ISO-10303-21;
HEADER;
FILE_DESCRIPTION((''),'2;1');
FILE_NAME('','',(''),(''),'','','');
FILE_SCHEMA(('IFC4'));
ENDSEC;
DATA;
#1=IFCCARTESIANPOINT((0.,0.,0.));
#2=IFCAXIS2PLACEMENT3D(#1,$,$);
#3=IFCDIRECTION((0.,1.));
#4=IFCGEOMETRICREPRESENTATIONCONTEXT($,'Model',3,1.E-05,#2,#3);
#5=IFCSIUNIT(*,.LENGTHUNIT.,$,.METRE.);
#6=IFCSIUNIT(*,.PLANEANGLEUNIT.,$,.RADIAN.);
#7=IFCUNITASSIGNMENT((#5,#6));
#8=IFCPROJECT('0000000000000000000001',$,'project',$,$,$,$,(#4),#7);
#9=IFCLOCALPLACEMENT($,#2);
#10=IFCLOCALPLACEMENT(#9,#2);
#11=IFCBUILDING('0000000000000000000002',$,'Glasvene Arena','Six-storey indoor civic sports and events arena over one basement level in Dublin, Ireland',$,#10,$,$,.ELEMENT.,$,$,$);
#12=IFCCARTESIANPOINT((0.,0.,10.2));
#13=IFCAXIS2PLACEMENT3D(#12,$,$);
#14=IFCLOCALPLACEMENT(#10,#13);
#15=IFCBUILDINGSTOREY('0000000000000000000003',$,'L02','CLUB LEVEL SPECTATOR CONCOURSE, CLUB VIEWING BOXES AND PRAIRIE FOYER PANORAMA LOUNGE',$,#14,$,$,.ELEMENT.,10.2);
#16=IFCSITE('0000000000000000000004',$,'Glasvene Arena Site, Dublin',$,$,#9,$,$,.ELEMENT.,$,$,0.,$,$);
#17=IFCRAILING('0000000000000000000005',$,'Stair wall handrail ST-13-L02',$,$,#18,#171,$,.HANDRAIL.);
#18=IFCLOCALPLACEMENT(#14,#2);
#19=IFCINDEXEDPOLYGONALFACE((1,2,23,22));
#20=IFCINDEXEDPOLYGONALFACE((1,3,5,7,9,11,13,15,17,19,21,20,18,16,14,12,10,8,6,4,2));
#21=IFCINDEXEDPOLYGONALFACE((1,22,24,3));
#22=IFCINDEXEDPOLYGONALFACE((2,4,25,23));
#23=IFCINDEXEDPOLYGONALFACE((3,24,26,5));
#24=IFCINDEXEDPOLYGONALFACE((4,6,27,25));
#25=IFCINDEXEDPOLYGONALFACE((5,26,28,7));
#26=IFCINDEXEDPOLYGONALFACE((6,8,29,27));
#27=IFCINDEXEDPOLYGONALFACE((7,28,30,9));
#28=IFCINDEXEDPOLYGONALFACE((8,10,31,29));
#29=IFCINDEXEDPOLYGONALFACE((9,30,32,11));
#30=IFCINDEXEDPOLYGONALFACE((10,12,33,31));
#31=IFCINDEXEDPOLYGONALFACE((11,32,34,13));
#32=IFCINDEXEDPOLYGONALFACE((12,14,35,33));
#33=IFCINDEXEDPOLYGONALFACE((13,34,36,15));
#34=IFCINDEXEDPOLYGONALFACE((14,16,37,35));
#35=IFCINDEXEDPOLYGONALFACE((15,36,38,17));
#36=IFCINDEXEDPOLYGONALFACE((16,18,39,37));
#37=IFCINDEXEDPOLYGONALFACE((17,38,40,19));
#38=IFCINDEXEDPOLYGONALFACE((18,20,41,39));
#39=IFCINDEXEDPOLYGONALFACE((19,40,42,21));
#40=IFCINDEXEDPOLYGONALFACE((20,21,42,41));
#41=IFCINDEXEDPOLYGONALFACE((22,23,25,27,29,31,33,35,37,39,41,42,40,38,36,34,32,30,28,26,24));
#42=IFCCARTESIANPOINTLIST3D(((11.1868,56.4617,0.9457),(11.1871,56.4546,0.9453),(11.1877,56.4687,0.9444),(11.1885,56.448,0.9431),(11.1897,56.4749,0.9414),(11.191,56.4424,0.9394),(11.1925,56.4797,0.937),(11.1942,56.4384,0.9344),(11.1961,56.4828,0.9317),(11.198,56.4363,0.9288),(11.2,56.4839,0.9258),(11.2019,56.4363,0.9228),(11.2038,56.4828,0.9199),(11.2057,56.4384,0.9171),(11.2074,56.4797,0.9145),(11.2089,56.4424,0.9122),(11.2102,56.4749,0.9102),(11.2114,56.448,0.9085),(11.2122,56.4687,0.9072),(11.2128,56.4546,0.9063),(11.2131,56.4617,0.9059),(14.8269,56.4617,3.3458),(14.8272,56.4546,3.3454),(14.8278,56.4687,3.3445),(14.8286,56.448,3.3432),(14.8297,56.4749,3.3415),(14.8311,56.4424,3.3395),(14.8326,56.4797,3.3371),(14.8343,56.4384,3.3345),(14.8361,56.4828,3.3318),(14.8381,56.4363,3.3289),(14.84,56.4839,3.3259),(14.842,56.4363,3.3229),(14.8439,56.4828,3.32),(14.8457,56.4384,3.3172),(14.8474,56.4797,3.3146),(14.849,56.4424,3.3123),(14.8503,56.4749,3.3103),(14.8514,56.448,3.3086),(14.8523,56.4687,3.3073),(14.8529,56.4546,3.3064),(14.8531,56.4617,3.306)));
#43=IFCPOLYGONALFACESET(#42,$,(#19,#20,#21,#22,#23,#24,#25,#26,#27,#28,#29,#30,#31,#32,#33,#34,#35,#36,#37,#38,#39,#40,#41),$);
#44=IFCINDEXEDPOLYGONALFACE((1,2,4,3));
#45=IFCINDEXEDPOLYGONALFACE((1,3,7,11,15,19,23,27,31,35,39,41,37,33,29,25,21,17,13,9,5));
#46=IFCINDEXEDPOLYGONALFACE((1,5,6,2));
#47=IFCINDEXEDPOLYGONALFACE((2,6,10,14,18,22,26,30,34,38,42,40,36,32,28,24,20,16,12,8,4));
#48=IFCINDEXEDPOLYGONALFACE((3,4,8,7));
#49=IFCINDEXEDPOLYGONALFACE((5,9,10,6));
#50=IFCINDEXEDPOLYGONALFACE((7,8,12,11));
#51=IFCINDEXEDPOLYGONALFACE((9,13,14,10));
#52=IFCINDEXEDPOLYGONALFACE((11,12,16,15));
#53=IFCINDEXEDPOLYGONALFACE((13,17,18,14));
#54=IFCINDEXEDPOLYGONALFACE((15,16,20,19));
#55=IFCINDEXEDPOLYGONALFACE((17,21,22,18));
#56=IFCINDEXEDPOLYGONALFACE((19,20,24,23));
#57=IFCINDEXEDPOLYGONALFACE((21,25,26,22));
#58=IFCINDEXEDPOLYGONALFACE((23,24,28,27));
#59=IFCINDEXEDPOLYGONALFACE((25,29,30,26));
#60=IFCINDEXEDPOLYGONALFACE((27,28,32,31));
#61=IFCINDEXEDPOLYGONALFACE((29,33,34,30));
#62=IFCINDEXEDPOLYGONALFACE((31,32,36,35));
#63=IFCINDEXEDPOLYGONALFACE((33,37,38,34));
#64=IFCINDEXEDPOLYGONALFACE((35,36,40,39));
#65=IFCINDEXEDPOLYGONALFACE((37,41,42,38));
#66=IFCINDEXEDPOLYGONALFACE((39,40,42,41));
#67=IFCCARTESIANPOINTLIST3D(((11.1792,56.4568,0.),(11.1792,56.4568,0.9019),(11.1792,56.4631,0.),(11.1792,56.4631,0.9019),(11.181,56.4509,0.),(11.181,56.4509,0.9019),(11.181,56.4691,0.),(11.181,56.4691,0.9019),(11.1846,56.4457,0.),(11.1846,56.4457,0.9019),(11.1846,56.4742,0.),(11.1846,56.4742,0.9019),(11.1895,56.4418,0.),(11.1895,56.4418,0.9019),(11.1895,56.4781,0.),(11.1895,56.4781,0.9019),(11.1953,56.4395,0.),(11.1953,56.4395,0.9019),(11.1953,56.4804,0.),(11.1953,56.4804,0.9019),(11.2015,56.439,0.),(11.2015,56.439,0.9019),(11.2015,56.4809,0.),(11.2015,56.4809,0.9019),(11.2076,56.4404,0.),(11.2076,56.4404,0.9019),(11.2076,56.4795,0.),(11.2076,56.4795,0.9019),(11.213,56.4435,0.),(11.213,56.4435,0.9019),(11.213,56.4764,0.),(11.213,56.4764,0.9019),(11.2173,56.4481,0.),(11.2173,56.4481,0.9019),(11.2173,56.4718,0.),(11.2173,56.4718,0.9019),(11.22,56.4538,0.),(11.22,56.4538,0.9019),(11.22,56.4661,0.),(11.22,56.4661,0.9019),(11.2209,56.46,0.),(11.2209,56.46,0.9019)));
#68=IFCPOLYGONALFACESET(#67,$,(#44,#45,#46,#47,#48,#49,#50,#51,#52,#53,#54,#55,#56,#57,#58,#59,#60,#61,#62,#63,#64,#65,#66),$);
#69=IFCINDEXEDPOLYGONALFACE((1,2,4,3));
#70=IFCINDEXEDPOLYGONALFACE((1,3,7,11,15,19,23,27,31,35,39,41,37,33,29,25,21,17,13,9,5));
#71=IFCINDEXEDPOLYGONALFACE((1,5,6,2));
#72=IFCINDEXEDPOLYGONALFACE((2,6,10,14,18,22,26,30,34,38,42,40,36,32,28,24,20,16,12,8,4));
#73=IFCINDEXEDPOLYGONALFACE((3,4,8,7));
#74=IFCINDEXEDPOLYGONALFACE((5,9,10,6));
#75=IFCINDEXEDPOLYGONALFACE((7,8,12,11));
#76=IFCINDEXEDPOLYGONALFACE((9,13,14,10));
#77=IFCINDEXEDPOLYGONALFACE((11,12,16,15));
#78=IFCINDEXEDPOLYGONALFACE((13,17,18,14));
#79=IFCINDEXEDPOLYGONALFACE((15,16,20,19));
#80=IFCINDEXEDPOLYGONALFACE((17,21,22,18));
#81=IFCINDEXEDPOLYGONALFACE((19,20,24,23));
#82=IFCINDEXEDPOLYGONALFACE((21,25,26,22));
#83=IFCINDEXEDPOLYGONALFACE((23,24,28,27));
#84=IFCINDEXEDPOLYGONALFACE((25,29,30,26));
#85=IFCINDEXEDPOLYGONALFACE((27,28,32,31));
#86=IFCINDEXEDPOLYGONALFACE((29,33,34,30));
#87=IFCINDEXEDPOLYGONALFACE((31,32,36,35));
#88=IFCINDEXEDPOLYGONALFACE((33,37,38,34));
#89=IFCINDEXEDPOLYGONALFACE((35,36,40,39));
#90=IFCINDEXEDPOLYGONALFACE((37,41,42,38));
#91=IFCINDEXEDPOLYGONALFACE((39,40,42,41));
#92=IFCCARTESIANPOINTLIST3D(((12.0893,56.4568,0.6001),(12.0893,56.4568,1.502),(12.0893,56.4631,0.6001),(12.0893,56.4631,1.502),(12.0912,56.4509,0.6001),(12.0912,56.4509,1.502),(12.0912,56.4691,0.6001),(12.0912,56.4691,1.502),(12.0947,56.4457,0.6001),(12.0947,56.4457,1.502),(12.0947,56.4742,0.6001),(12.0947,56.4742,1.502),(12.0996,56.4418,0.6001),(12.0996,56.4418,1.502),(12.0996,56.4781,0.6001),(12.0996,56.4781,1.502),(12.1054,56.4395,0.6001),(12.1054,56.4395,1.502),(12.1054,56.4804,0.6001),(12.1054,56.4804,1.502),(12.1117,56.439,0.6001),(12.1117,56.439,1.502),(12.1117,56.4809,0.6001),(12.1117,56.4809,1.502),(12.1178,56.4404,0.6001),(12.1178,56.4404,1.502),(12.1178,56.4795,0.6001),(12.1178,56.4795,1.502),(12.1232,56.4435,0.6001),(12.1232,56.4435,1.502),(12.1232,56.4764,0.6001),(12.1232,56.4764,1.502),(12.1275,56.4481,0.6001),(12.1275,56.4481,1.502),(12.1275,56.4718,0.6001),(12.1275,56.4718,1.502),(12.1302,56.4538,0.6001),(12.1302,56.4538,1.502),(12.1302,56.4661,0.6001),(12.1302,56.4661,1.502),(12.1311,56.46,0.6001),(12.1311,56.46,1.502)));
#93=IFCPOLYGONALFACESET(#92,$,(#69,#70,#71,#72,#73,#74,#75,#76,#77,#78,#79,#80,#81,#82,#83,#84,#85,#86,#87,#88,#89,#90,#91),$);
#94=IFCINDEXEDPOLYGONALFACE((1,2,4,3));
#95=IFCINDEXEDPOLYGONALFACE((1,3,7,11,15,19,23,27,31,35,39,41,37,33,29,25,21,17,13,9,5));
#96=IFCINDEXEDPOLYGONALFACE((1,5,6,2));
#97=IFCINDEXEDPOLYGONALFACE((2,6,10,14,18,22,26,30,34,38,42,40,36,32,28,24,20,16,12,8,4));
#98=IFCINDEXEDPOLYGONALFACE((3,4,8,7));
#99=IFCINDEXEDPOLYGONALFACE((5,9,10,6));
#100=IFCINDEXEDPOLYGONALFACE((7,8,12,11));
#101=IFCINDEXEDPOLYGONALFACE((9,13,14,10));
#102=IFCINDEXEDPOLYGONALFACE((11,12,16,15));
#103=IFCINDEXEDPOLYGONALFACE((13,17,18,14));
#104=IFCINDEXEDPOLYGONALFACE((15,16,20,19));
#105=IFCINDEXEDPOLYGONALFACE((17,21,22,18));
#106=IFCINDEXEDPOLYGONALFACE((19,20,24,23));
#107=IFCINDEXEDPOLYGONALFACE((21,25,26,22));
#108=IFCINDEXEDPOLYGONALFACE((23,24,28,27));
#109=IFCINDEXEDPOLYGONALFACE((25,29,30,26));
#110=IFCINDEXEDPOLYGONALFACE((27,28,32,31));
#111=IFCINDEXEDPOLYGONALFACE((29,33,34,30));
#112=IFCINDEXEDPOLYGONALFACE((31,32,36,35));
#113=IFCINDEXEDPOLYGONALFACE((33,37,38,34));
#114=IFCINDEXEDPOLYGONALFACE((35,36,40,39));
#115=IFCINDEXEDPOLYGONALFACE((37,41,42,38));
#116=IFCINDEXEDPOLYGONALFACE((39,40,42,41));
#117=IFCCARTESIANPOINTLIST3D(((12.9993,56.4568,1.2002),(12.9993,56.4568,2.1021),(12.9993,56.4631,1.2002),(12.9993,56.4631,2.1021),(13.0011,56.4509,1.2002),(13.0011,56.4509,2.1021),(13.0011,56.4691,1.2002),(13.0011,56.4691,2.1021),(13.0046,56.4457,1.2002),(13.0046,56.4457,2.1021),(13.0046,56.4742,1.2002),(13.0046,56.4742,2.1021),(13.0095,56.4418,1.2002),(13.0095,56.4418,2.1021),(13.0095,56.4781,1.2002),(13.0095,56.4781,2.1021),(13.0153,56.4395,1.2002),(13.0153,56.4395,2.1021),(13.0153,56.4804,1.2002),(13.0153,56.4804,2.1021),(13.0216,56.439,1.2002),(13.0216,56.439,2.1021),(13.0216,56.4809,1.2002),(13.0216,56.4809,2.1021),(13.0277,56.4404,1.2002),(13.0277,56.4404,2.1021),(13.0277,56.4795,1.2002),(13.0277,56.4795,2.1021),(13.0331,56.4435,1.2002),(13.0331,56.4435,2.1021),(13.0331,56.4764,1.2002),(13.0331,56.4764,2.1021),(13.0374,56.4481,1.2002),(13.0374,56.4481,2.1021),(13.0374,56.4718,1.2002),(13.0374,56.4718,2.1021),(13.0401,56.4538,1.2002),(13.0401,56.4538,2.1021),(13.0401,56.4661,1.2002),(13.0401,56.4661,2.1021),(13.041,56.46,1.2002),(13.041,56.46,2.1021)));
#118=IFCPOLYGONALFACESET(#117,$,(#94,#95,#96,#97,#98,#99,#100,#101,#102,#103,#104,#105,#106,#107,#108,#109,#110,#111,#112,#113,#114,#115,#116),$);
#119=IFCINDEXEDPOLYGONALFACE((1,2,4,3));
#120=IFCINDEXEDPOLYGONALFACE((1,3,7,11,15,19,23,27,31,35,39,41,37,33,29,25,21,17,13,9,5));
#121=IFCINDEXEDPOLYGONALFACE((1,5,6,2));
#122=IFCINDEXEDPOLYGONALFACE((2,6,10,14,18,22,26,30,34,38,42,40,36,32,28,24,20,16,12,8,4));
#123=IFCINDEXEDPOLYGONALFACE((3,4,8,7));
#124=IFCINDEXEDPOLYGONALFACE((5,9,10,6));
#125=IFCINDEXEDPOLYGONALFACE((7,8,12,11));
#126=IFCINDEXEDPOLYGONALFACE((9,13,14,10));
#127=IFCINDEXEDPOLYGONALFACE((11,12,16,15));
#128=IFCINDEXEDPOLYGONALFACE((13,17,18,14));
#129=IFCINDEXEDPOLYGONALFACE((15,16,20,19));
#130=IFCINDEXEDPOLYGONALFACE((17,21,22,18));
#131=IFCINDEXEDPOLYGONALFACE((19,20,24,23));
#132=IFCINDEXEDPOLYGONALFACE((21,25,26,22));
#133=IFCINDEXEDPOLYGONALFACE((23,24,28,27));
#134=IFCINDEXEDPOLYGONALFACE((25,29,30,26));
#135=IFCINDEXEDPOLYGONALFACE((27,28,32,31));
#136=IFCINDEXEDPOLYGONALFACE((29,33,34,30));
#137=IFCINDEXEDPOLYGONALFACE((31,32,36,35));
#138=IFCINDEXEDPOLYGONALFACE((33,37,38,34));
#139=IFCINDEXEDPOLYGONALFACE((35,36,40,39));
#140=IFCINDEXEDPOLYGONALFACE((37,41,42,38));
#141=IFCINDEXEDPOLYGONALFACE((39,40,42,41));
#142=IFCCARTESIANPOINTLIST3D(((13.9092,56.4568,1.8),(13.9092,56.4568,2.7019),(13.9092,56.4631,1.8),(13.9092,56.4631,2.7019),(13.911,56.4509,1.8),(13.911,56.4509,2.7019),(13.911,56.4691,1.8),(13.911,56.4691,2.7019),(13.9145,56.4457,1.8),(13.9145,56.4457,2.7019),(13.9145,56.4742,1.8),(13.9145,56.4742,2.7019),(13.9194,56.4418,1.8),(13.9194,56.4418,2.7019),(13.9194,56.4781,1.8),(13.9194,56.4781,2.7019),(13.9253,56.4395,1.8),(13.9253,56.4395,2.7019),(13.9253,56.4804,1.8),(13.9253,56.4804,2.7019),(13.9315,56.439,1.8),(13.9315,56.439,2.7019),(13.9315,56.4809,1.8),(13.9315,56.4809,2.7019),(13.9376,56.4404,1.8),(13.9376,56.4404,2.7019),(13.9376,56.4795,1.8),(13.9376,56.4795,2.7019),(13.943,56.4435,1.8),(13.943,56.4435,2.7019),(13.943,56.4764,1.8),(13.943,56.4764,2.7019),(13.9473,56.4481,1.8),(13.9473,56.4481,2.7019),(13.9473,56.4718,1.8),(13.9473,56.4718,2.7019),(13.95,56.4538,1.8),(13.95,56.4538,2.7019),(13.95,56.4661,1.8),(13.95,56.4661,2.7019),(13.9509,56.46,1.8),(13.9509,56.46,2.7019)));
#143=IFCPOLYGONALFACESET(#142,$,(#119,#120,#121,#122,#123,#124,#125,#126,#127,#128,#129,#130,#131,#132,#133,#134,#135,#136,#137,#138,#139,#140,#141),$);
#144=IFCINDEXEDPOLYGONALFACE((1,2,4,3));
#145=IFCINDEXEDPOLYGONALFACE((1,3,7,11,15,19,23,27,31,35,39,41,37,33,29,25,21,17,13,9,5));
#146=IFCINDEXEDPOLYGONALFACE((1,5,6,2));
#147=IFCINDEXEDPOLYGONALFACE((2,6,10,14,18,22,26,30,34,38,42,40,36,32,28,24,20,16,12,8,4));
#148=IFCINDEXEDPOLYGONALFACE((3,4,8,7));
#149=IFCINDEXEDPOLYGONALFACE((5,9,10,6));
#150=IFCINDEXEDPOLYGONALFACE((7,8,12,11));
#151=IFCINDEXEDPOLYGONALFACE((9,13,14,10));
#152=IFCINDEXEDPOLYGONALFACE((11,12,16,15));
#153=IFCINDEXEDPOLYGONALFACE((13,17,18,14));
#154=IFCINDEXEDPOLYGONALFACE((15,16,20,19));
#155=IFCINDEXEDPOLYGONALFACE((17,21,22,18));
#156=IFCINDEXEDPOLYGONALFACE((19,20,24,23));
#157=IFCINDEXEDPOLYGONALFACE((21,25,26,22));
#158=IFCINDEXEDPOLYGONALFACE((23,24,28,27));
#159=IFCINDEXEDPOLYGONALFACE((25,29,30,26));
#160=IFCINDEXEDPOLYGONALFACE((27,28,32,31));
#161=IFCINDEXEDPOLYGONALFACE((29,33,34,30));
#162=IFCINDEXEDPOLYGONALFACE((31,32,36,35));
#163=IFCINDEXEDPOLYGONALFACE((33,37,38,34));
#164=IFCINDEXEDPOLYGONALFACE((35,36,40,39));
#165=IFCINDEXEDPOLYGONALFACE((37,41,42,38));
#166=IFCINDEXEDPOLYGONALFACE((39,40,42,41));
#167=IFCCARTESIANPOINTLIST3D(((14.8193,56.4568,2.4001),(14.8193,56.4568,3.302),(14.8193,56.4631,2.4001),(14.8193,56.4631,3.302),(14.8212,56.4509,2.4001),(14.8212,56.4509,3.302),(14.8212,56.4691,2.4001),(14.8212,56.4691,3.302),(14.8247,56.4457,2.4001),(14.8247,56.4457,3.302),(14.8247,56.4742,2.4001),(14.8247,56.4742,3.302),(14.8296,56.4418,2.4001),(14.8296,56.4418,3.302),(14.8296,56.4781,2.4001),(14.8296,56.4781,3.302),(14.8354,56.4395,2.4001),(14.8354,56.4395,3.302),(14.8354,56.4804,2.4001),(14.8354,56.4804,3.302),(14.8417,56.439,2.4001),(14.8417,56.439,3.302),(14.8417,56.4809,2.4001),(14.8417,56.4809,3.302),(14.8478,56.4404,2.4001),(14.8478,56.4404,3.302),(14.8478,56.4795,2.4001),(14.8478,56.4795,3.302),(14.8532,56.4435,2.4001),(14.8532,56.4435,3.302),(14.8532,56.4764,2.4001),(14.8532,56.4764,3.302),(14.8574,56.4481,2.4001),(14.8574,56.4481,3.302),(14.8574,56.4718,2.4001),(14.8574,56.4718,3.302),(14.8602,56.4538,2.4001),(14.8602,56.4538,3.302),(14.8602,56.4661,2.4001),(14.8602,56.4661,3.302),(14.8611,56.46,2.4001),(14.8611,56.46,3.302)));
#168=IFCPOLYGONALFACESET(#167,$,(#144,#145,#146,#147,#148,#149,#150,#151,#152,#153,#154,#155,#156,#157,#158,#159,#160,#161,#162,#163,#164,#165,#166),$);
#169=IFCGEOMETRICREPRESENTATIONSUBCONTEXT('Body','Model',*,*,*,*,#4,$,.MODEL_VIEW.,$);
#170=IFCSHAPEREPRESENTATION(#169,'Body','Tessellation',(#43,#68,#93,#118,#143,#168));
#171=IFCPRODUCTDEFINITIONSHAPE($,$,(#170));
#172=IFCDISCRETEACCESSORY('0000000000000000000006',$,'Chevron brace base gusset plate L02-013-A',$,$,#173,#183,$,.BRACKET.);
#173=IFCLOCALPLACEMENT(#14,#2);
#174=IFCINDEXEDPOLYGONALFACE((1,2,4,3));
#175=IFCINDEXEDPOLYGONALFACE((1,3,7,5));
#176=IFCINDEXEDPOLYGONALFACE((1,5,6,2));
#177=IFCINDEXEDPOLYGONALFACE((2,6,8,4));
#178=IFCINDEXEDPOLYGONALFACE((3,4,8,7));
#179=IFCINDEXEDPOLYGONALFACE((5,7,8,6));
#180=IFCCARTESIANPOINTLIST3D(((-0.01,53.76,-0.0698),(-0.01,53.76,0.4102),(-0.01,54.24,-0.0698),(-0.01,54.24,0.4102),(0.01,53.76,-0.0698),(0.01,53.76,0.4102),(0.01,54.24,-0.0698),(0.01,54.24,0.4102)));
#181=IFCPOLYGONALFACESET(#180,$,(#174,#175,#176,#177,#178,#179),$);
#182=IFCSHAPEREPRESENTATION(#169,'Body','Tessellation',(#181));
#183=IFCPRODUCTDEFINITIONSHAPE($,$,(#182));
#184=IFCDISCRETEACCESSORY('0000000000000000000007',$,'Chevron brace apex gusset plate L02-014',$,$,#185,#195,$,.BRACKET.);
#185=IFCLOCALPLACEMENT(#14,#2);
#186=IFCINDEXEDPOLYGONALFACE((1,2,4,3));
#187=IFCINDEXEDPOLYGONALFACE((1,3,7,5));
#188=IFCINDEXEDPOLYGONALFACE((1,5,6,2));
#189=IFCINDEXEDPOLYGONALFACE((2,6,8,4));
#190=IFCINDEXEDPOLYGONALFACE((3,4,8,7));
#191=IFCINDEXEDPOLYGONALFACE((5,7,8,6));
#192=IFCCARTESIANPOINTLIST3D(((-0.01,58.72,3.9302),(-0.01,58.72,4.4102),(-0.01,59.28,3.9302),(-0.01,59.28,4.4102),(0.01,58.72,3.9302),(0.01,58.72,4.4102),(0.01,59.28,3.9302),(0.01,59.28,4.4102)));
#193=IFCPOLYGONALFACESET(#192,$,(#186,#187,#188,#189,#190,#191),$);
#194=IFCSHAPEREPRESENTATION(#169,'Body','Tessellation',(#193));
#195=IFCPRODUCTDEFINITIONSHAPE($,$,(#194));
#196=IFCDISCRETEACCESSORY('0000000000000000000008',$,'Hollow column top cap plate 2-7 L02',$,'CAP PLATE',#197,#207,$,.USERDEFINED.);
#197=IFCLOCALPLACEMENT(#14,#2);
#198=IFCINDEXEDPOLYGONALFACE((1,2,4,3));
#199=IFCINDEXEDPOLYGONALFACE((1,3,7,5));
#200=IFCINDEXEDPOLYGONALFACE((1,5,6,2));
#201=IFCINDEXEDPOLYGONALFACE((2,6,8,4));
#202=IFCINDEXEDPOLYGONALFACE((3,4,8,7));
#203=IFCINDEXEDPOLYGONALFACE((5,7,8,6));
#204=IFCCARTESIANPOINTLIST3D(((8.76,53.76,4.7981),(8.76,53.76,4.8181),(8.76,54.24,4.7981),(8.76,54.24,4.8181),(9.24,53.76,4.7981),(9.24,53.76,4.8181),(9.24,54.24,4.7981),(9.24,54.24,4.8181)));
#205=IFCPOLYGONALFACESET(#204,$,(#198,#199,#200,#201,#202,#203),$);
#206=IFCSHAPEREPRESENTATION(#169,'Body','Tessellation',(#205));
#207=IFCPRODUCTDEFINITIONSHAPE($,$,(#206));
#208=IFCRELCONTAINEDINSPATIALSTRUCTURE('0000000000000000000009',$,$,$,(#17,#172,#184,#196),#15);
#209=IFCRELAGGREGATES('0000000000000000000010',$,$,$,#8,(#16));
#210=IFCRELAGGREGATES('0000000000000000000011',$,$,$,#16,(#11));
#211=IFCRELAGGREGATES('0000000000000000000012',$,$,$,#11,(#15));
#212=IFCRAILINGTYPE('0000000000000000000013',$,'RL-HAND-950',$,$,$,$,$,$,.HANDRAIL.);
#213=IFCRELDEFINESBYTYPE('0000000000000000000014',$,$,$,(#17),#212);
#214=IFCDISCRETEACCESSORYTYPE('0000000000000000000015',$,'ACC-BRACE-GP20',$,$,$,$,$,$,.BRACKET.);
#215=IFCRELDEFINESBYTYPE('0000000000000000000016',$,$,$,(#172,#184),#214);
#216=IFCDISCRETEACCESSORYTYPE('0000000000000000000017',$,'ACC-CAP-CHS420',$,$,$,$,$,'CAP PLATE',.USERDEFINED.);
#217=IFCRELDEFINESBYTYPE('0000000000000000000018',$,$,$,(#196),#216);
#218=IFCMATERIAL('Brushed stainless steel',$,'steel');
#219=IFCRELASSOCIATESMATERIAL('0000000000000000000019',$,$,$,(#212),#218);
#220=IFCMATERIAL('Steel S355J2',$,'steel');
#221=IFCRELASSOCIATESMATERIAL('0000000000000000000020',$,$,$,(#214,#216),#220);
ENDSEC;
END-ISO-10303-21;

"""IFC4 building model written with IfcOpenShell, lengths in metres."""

from ifc_helpers import new_model, si_unit, direction, frame, origin, origin_2d, place, context, subcontext, project, spatial, rectangle, circle, extrude, material, type_object, element, save


model = new_model("IFC4")

# Units and contexts
model_context = context("Model", 3, precision=1e-05, world=origin(), true_north=direction((0.0, 1.0)))
body_context = subcontext(model_context, "Body", "Model", "MODEL_VIEW")
ifc_project = project(units=[si_unit("LENGTHUNIT", "METRE"), si_unit("PLANEANGLEUNIT", "RADIAN")], contexts=[model_context])

# Site, building, storey
site_placement = place(None, origin())
site = spatial("IfcSite", under=ifc_project, at=site_placement, Name="Glasvene Arena Site, Dublin", CompositionType="ELEMENT", RefElevation=0.0)
building_placement = place(site_placement, origin())
building = spatial("IfcBuilding", under=site, at=building_placement, Name="Glasvene Arena", Description="Six-storey indoor civic sports and events arena over one basement level in Dublin, Ireland", CompositionType="ELEMENT")
storey_placement = place(building_placement, frame((0.0, 0.0, 10.2)))
storey = spatial("IfcBuildingStorey", under=building, at=storey_placement, Name="L02", Description="CLUB LEVEL SPECTATOR CONCOURSE, CLUB VIEWING BOXES AND PRAIRIE FOYER PANORAMA LOUNGE", CompositionType="ELEMENT", Elevation=10.2)

# Shared definitions
ifc_material_1 = material(Name="Steel S355J2", Category="steel")

# Railing
ifc_material_2 = material(Name="Brushed stainless steel", Category="steel")
railing_type_1 = type_object("IfcRailingType", Name="RL-HAND-950", PredefinedType="HANDRAIL", material=ifc_material_2)
railing_1_placement = place(storey_placement, frame((11.2, 56.46, 0.0)))
element("IfcRailing", 1, at=railing_1_placement, inside=storey, type_object=railing_type_1, Name="Stair wall handrail ST-13-L02", PredefinedType="HANDRAIL", context=body_context, shape_type="SweptSolid", body=[
    extrude(circle(Radius=0.0239, at=origin_2d()), frame((0.0, 0.0, 0.9258), z_axis=(0.834856, 0.0, 0.550468), x_axis=(0.0, 1.0, 0.0)), (0.0, 0.0, 1.0), 4.3601),
    extrude(circle(Radius=0.021, at=origin_2d()), origin(), (0.0, 0.0, 1.0), 0.9019),
    extrude(circle(Radius=0.021, at=origin_2d()), frame((0.9102, 0.0, 0.6001)), (0.0, 0.0, 1.0), 0.9019),
    extrude(circle(Radius=0.021, at=origin_2d()), frame((1.8201, 0.0, 1.2002)), (0.0, 0.0, 1.0), 0.9019),
    extrude(circle(Radius=0.021, at=origin_2d()), frame((2.73, 0.0, 1.8)), (0.0, 0.0, 1.0), 0.9019),
    extrude(circle(Radius=0.021, at=origin_2d()), frame((3.6401, 0.0, 2.4001)), (0.0, 0.0, 1.0), 0.9019),
])

# Discrete accessories
discrete_accessory_type_1 = type_object("IfcDiscreteAccessoryType", Name="ACC-BRACE-GP20", PredefinedType="BRACKET", material=ifc_material_1)
discrete_accessory_1_placement = place(storey_placement, frame((0.0, 54.0, -0.0698), z_axis=(0.0, 0.0, 1.0), x_axis=(1.0, 0.0, 0.0)))
element("IfcDiscreteAccessory", 2, at=discrete_accessory_1_placement, inside=storey, type_object=discrete_accessory_type_1, Name="Chevron brace base gusset plate L02-013-A", PredefinedType="BRACKET", context=body_context, shape_type="SweptSolid", body=[
    extrude(rectangle(XDim=0.02, YDim=0.48, at=origin_2d()), origin(), (0.0, 0.0, 1.0), 0.48),
])
discrete_accessory_2_placement = place(storey_placement, frame((0.0, 59.0, 3.9302), z_axis=(0.0, 0.0, 1.0), x_axis=(1.0, 0.0, 0.0)))
element("IfcDiscreteAccessory", 3, at=discrete_accessory_2_placement, inside=storey, type_object=discrete_accessory_type_1, Name="Chevron brace apex gusset plate L02-014", PredefinedType="BRACKET", context=body_context, shape_type="SweptSolid", body=[
    extrude(rectangle(XDim=0.02, YDim=0.5601, at=origin_2d()), origin(), (0.0, 0.0, 1.0), 0.48),
])
discrete_accessory_type_2 = type_object("IfcDiscreteAccessoryType", Name="ACC-CAP-CHS420", ElementType="CAP PLATE", PredefinedType="USERDEFINED", material=ifc_material_1)
discrete_accessory_3_placement = place(storey_placement, frame((9.0, 54.0, 4.7981), z_axis=(0.0, 0.0, 1.0), x_axis=(1.0, 0.0, 0.0)))
element("IfcDiscreteAccessory", 4, at=discrete_accessory_3_placement, inside=storey, type_object=discrete_accessory_type_2, Name="Hollow column top cap plate 2-7 L02", ObjectType="CAP PLATE", PredefinedType="USERDEFINED", context=body_context, shape_type="SweptSolid", body=[
    extrude(rectangle(XDim=0.48, YDim=0.48, at=origin_2d()), origin(), (0.0, 0.0, 1.0), 0.02),
])

save(model, "model.ifc")
